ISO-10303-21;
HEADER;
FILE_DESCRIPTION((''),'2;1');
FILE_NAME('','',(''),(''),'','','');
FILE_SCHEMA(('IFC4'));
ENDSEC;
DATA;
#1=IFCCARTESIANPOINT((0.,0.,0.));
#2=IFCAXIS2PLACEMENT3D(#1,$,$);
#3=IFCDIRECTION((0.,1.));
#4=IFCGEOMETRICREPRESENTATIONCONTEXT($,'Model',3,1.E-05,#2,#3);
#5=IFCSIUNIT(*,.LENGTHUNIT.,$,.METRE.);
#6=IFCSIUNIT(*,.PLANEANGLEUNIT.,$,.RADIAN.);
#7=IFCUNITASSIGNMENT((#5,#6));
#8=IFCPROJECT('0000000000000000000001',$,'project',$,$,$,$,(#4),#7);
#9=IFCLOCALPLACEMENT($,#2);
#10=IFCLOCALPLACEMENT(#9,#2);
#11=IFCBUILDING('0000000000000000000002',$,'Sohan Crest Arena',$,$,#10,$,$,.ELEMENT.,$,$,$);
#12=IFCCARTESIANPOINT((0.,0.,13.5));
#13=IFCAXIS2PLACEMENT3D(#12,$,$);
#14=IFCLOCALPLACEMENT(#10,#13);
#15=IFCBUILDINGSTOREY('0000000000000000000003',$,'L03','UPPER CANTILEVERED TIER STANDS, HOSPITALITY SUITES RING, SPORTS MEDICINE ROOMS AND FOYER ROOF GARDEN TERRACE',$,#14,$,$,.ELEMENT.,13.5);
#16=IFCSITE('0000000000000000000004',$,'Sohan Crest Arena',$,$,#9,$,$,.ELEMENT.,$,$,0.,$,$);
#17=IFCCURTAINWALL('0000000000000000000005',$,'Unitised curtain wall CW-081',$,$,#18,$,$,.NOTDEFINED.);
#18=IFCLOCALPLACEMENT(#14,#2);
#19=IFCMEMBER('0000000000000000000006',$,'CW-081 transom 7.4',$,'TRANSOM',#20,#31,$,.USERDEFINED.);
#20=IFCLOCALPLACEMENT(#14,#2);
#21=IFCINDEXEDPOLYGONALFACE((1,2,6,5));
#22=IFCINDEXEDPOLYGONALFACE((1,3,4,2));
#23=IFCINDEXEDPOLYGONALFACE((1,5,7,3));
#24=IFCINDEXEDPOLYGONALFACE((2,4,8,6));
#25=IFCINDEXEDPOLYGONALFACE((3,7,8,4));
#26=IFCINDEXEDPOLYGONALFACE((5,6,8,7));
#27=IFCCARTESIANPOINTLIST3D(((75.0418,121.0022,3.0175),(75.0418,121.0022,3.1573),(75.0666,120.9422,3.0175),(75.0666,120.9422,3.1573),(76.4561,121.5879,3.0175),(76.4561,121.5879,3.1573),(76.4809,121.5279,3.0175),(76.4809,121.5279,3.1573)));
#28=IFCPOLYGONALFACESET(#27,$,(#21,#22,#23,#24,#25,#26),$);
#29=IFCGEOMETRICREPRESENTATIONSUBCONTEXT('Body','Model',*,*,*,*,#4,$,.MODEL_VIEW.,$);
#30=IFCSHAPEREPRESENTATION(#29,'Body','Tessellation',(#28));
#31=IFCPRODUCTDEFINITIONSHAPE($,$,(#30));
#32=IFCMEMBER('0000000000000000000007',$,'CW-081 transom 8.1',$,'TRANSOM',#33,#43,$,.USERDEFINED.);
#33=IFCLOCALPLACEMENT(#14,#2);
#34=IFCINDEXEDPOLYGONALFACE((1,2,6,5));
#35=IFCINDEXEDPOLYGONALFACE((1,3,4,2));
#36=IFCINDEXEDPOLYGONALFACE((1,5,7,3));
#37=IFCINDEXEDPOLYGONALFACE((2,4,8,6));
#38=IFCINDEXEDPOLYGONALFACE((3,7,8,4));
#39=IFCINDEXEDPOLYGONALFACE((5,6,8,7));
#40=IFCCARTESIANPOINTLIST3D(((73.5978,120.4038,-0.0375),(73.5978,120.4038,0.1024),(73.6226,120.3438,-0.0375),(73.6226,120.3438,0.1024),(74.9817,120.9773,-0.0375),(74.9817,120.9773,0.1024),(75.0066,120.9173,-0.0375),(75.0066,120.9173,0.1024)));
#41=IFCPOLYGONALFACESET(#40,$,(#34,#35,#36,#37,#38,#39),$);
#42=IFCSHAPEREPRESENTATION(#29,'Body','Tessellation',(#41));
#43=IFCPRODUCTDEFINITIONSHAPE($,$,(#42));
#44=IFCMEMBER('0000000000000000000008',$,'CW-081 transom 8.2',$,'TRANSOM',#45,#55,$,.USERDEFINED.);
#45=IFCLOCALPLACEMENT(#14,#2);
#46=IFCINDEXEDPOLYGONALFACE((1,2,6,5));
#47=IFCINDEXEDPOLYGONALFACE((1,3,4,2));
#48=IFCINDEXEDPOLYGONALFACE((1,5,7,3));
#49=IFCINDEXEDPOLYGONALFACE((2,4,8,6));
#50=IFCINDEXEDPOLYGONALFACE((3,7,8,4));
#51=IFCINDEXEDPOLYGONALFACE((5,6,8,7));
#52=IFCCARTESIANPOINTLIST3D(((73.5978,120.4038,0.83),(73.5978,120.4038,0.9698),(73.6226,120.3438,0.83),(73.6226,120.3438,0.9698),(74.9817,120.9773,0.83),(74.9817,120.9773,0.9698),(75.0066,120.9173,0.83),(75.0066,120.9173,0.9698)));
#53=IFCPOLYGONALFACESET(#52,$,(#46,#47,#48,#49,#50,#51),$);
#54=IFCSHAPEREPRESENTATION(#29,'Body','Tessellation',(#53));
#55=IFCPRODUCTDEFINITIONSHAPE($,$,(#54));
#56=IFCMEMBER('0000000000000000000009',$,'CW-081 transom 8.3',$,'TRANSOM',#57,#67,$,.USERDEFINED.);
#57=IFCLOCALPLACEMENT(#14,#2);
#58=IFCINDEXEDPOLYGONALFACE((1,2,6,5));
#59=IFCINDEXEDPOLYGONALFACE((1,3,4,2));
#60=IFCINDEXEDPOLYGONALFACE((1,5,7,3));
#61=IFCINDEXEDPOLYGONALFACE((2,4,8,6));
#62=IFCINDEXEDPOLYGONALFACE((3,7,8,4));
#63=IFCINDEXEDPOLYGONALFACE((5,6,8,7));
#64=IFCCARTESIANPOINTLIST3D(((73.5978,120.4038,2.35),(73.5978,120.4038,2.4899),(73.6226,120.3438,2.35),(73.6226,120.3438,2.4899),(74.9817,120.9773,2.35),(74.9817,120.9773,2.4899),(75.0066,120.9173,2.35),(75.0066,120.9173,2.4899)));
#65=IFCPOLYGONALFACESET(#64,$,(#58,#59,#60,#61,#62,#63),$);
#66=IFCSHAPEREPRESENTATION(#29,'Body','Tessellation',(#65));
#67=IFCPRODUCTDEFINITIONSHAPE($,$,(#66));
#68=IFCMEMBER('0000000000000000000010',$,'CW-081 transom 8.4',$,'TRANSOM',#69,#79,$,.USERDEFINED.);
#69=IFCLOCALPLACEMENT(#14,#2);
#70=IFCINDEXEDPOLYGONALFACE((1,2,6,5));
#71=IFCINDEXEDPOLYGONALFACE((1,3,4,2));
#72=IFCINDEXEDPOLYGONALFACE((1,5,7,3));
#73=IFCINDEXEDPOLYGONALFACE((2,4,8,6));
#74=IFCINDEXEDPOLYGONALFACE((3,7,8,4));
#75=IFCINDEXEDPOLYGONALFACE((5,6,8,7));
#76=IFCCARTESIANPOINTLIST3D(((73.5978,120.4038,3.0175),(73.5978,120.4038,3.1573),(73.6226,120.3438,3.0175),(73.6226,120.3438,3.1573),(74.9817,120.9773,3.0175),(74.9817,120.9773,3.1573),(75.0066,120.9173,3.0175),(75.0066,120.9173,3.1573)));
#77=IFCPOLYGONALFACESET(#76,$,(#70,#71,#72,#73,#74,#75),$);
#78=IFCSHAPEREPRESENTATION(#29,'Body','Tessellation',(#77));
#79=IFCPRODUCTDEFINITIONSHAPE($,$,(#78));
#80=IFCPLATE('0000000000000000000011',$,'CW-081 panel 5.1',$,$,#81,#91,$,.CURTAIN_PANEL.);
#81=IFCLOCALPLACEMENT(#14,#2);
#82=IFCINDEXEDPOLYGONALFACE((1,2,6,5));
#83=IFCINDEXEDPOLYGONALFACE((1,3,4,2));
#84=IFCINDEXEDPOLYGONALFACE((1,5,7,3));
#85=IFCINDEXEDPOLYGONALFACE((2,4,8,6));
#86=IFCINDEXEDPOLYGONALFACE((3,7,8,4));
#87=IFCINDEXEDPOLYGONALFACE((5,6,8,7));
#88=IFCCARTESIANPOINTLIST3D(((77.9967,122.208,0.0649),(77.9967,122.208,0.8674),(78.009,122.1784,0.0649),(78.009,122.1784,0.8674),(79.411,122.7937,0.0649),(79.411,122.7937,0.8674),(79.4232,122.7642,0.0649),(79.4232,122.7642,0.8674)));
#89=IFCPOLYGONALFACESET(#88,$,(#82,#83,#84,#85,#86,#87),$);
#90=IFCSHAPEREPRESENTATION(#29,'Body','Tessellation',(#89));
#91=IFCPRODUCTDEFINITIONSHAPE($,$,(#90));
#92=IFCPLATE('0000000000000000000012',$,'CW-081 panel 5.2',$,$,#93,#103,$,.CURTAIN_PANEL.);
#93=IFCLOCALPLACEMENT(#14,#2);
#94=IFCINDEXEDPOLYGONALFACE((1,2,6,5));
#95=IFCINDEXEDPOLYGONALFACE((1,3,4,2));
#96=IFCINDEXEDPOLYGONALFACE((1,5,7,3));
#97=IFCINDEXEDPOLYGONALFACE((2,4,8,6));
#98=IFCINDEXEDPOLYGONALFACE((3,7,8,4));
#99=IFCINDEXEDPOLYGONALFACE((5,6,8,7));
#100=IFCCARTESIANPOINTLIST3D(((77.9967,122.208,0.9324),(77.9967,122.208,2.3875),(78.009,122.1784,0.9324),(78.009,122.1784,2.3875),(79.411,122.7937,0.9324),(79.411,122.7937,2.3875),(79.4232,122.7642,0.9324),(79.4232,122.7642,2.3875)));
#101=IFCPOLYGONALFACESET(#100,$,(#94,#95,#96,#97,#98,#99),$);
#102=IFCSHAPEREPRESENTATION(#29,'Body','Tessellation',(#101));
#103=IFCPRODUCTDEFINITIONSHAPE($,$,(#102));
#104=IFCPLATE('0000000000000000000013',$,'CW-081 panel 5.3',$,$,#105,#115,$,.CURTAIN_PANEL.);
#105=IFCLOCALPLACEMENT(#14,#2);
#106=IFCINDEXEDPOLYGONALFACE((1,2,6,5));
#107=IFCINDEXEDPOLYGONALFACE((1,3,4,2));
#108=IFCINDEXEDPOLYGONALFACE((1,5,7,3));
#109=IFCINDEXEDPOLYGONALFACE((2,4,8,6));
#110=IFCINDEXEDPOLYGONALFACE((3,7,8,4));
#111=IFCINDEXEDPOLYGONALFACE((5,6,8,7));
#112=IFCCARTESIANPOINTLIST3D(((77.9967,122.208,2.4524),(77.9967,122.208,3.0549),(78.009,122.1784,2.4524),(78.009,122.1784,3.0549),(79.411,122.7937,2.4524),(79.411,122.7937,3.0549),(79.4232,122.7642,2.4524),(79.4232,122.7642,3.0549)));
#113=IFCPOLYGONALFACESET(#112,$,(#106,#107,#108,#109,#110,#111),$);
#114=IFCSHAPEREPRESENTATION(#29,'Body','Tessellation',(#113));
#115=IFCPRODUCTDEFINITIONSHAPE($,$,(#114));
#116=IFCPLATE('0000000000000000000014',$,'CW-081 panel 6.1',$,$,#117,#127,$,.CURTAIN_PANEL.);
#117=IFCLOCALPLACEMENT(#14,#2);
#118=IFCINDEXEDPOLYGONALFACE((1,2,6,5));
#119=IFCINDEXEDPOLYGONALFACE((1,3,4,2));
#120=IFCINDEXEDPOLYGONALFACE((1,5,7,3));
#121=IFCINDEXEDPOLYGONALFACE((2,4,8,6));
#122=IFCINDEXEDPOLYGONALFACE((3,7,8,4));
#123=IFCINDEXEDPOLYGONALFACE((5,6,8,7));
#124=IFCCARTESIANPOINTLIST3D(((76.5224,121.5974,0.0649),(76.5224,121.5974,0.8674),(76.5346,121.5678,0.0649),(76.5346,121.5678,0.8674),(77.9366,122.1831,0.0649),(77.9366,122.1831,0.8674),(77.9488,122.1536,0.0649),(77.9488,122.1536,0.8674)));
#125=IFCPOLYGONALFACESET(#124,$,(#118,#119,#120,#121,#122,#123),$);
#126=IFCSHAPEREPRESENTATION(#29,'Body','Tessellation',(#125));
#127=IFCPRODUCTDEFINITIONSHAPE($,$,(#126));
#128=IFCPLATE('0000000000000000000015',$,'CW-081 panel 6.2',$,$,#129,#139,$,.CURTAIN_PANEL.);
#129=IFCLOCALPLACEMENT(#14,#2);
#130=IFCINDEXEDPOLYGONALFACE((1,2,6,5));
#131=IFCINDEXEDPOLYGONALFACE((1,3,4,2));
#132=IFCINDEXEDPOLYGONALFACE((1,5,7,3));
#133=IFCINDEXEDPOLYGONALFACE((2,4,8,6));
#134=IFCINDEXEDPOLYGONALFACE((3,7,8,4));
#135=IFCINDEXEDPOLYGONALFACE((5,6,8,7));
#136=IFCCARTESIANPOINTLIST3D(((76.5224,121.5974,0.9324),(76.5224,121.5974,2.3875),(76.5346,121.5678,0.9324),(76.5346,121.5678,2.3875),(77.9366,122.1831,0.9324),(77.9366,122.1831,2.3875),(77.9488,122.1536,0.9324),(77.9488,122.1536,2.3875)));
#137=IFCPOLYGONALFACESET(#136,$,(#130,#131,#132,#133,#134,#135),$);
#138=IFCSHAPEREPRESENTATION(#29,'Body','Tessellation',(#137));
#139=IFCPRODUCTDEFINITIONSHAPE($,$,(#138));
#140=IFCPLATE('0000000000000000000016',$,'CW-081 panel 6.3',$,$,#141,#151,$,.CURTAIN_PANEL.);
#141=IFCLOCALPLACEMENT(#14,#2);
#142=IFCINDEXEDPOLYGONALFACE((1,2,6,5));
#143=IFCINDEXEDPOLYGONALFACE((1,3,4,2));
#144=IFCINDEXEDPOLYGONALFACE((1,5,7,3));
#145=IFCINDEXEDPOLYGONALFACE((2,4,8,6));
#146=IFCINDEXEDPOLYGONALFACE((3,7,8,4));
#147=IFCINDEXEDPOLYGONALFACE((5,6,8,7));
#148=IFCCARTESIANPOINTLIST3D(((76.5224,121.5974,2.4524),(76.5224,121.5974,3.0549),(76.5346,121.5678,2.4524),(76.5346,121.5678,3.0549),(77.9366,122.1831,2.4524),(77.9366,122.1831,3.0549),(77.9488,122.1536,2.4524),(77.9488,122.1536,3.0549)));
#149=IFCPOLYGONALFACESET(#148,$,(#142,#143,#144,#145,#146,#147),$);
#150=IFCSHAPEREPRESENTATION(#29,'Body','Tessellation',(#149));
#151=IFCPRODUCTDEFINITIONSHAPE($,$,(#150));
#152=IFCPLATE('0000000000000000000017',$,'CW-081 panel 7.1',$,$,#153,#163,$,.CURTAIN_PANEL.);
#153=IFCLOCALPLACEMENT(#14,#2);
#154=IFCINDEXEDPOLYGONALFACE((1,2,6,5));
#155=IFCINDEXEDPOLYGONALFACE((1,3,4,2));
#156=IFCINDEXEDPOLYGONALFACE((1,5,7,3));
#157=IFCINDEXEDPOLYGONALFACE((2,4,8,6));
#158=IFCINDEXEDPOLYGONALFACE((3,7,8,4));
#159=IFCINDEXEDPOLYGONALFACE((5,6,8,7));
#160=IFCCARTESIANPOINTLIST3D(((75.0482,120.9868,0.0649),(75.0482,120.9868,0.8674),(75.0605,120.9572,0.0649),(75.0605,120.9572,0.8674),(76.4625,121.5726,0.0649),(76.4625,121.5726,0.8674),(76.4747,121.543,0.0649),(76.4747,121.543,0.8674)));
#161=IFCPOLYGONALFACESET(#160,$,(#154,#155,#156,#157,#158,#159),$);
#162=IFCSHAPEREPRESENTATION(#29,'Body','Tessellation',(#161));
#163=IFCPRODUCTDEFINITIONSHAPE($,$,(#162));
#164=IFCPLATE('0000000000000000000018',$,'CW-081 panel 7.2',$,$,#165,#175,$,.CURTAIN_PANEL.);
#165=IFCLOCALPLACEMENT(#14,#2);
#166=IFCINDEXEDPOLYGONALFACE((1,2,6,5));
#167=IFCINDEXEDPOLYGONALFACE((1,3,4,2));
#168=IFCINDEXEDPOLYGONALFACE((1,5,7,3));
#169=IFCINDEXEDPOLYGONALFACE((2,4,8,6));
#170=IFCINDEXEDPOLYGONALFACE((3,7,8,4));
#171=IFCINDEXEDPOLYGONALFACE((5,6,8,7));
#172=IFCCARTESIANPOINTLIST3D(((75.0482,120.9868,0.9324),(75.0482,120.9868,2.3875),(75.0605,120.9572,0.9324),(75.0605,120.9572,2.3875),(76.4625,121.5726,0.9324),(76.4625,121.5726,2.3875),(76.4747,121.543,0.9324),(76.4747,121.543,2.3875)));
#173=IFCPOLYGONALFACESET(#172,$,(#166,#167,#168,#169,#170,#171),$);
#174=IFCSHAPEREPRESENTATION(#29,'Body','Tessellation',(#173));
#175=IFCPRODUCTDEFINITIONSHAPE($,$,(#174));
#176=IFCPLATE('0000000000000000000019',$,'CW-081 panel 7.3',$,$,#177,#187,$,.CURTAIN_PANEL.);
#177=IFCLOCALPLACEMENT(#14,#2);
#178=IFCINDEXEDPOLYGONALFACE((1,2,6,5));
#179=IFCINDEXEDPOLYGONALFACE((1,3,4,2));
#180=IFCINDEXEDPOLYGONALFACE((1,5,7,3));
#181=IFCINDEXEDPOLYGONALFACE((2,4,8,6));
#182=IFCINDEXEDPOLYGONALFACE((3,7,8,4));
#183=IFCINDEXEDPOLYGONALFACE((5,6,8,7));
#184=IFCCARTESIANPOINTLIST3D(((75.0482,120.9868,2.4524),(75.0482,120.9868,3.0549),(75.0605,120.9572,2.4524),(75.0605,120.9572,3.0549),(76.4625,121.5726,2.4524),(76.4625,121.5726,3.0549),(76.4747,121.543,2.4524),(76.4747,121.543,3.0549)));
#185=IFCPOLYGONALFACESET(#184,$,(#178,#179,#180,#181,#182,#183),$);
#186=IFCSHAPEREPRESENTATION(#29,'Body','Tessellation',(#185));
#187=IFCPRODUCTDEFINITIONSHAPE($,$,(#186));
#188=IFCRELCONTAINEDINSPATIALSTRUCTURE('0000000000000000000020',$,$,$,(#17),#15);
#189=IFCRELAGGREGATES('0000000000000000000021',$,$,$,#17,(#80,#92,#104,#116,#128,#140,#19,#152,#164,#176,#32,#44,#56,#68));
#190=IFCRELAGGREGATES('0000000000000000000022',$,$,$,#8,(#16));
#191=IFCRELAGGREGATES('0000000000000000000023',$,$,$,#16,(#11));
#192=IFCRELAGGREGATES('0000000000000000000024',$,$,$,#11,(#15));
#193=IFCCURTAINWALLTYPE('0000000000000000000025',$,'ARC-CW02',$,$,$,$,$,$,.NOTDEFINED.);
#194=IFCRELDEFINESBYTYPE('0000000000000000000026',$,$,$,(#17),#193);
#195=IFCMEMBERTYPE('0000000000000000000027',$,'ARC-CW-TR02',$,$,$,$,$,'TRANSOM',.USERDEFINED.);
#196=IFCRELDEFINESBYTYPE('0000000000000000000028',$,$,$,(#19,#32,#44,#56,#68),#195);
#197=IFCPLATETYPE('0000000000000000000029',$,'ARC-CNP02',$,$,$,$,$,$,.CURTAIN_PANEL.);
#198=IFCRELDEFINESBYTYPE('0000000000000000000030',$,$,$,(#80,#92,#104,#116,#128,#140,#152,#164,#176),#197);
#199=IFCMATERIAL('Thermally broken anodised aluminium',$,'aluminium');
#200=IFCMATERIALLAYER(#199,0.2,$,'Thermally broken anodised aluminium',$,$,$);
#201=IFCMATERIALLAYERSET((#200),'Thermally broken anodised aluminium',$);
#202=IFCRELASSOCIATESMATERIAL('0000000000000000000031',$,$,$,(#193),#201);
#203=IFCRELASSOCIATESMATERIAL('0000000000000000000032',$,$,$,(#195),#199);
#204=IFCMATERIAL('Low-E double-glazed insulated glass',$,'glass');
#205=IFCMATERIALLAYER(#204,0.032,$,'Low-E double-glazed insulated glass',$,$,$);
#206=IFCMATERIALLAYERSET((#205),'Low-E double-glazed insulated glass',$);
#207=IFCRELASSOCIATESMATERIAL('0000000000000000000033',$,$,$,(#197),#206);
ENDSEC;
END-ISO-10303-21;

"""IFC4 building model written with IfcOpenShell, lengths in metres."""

from ifc_helpers import new_model, si_unit, direction, frame, origin, origin_2d, place, context, subcontext, project, spatial, rectangle, extrude, material, layer, layer_set, material_profile, profile_set, type_object, element, aggregate, save


model = new_model("IFC4")

# Units and contexts
model_context = context("Model", 3, precision=1e-05, world=origin(), true_north=direction((0.0, 1.0)))
body_context = subcontext(model_context, "Body", "Model", "MODEL_VIEW")
ifc_project = project(units=[si_unit("LENGTHUNIT", "METRE"), si_unit("PLANEANGLEUNIT", "RADIAN")], contexts=[model_context])

# Site, building, storey
site_placement = place(None, origin())
site = spatial("IfcSite", under=ifc_project, at=site_placement, Name="Sohan Crest Arena", CompositionType="ELEMENT", RefElevation=0.0)
building_placement = place(site_placement, origin())
building = spatial("IfcBuilding", under=site, at=building_placement, Name="Sohan Crest Arena", CompositionType="ELEMENT")
storey_placement = place(building_placement, frame((0.0, 0.0, 13.5)))
storey = spatial("IfcBuildingStorey", under=building, at=storey_placement, Name="L03", Description="UPPER CANTILEVERED TIER STANDS, HOSPITALITY SUITES RING, SPORTS MEDICINE ROOMS AND FOYER ROOF GARDEN TERRACE", CompositionType="ELEMENT", Elevation=13.5)

# Curtain wall, members, plates
ifc_material_1 = material(Name="Thermally broken anodised aluminium", Category="aluminium")
ifc_layer_1 = layer(ifc_material_1, 0.2, Name="Thermally broken anodised aluminium")
ifc_layer_set_1 = layer_set([ifc_layer_1], Name="Thermally broken anodised aluminium")
curtain_wall_type = type_object("IfcCurtainWallType", Name="ARC-CW02", PredefinedType="NOTDEFINED", material=ifc_layer_set_1)
curtain_wall_placement = place(storey_placement, origin())
curtain_wall = element("IfcCurtainWall", 1, at=curtain_wall_placement, inside=storey, type_object=curtain_wall_type, Name="Unitised curtain wall CW-081", PredefinedType="NOTDEFINED")
ifc_material_profile_1 = material_profile(ifc_material_1, rectangle(XDim=0.0649, YDim=0.1399, at=origin_2d()), Name="ALU-TRAN 65x140")
ifc_profile_set_1 = profile_set([ifc_material_profile_1], Name="Thermally broken anodised aluminium")
member_type_1 = type_object("IfcMemberType", Name="ARC-CW-TR02", ElementType="TRANSOM", PredefinedType="USERDEFINED", material=ifc_profile_set_1)
member_1_placement = place(storey_placement, frame((76.4685, 121.5579, 3.0874), z_axis=(-0.92391, -0.38261, 0.0), x_axis=(0.38261, -0.92391, 0.0)))
member_1 = element("IfcMember", 2, at=member_1_placement, type_object=member_type_1, Name="CW-081 transom 7.4", ObjectType="TRANSOM", PredefinedType="USERDEFINED", context=body_context, shape_type="SweptSolid", body=[
    extrude(rectangle(XDim=0.0649, YDim=0.1399, at=origin_2d()), origin(), (0.0, 0.0, 1.0), 1.5308),
])
member_2_placement = place(storey_placement, frame((74.9941, 120.9473, 0.0325), z_axis=(-0.923832, -0.382798, 0.0), x_axis=(0.382798, -0.923832, 0.0)))
member_2 = element("IfcMember", 3, at=member_2_placement, type_object=member_type_1, Name="CW-081 transom 8.1", ObjectType="TRANSOM", PredefinedType="USERDEFINED", context=body_context, shape_type="SweptSolid", body=[
    extrude(rectangle(XDim=0.0649, YDim=0.1399, at=origin_2d()), origin(), (0.0, 0.0, 1.0), 1.498),
])
member_3_placement = place(storey_placement, frame((74.9941, 120.9473, 0.8999), z_axis=(-0.923832, -0.382798, 0.0), x_axis=(0.382798, -0.923832, 0.0)))
member_3 = element("IfcMember", 4, at=member_3_placement, type_object=member_type_1, Name="CW-081 transom 8.2", ObjectType="TRANSOM", PredefinedType="USERDEFINED", context=body_context, shape_type="SweptSolid", body=[
    extrude(rectangle(XDim=0.0649, YDim=0.1399, at=origin_2d()), origin(), (0.0, 0.0, 1.0), 1.498),
])
member_4_placement = place(storey_placement, frame((74.9941, 120.9473, 2.4199), z_axis=(-0.923832, -0.382798, 0.0), x_axis=(0.382798, -0.923832, 0.0)))
member_4 = element("IfcMember", 5, at=member_4_placement, type_object=member_type_1, Name="CW-081 transom 8.3", ObjectType="TRANSOM", PredefinedType="USERDEFINED", context=body_context, shape_type="SweptSolid", body=[
    extrude(rectangle(XDim=0.0649, YDim=0.1399, at=origin_2d()), origin(), (0.0, 0.0, 1.0), 1.498),
])
member_5_placement = place(storey_placement, frame((74.9941, 120.9473, 3.0874), z_axis=(-0.923832, -0.382798, 0.0), x_axis=(0.382798, -0.923832, 0.0)))
member_5 = element("IfcMember", 6, at=member_5_placement, type_object=member_type_1, Name="CW-081 transom 8.4", ObjectType="TRANSOM", PredefinedType="USERDEFINED", context=body_context, shape_type="SweptSolid", body=[
    extrude(rectangle(XDim=0.0649, YDim=0.1399, at=origin_2d()), origin(), (0.0, 0.0, 1.0), 1.498),
])
ifc_material_2 = material(Name="Low-E double-glazed insulated glass", Category="glass")
ifc_layer_2 = layer(ifc_material_2, 0.032, Name="Low-E double-glazed insulated glass")
ifc_layer_set_2 = layer_set([ifc_layer_2], Name="Low-E double-glazed insulated glass")
plate_type = type_object("IfcPlateType", Name="ARC-CNP02", PredefinedType="CURTAIN_PANEL", material=ifc_layer_set_2)
plate_1_placement = place(storey_placement, frame((78.71, 122.4861, 0.0649), z_axis=(0.0, 0.0, 1.0), x_axis=(-0.923886, -0.382668, 0.0)))
plate_1 = element("IfcPlate", 7, at=plate_1_placement, type_object=plate_type, Name="CW-081 panel 5.1", PredefinedType="CURTAIN_PANEL", context=body_context, shape_type="SweptSolid", body=[
    extrude(rectangle(XDim=1.5308, YDim=0.032, at=origin_2d()), origin(), (0.0, 0.0, 1.0), 0.8025),
])
plate_2_placement = place(storey_placement, frame((78.71, 122.4861, 0.9324), z_axis=(0.0, 0.0, 1.0), x_axis=(-0.923886, -0.382668, 0.0)))
plate_2 = element("IfcPlate", 8, at=plate_2_placement, type_object=plate_type, Name="CW-081 panel 5.2", PredefinedType="CURTAIN_PANEL", context=body_context, shape_type="SweptSolid", body=[
    extrude(rectangle(XDim=1.5308, YDim=0.032, at=origin_2d()), origin(), (0.0, 0.0, 1.0), 1.4551),
])
plate_3_placement = place(storey_placement, frame((78.71, 122.4861, 2.4524), z_axis=(0.0, 0.0, 1.0), x_axis=(-0.923886, -0.382668, 0.0)))
plate_3 = element("IfcPlate", 9, at=plate_3_placement, type_object=plate_type, Name="CW-081 panel 5.3", PredefinedType="CURTAIN_PANEL", context=body_context, shape_type="SweptSolid", body=[
    extrude(rectangle(XDim=1.5308, YDim=0.032, at=origin_2d()), origin(), (0.0, 0.0, 1.0), 0.6025),
])
plate_4_placement = place(storey_placement, frame((77.2356, 121.8755, 0.0649), z_axis=(0.0, 0.0, 1.0), x_axis=(-0.923886, -0.382668, 0.0)))
plate_4 = element("IfcPlate", 10, at=plate_4_placement, type_object=plate_type, Name="CW-081 panel 6.1", PredefinedType="CURTAIN_PANEL", context=body_context, shape_type="SweptSolid", body=[
    extrude(rectangle(XDim=1.5308, YDim=0.032, at=origin_2d()), origin(), (0.0, 0.0, 1.0), 0.8025),
])
plate_5_placement = place(storey_placement, frame((77.2356, 121.8755, 0.9324), z_axis=(0.0, 0.0, 1.0), x_axis=(-0.923886, -0.382668, 0.0)))
plate_5 = element("IfcPlate", 11, at=plate_5_placement, type_object=plate_type, Name="CW-081 panel 6.2", PredefinedType="CURTAIN_PANEL", context=body_context, shape_type="SweptSolid", body=[
    extrude(rectangle(XDim=1.5308, YDim=0.032, at=origin_2d()), origin(), (0.0, 0.0, 1.0), 1.4551),
])
plate_6_placement = place(storey_placement, frame((77.2356, 121.8755, 2.4524), z_axis=(0.0, 0.0, 1.0), x_axis=(-0.923886, -0.382668, 0.0)))
plate_6 = element("IfcPlate", 12, at=plate_6_placement, type_object=plate_type, Name="CW-081 panel 6.3", PredefinedType="CURTAIN_PANEL", context=body_context, shape_type="SweptSolid", body=[
    extrude(rectangle(XDim=1.5308, YDim=0.032, at=origin_2d()), origin(), (0.0, 0.0, 1.0), 0.6025),
])
plate_7_placement = place(storey_placement, frame((75.7615, 121.2649, 0.0649), z_axis=(0.0, 0.0, 1.0), x_axis=(-0.923886, -0.382668, 0.0)))
plate_7 = element("IfcPlate", 13, at=plate_7_placement, type_object=plate_type, Name="CW-081 panel 7.1", PredefinedType="CURTAIN_PANEL", context=body_context, shape_type="SweptSolid", body=[
    extrude(rectangle(XDim=1.5308, YDim=0.032, at=origin_2d()), origin(), (0.0, 0.0, 1.0), 0.8025),
])
plate_8_placement = place(storey_placement, frame((75.7615, 121.2649, 0.9324), z_axis=(0.0, 0.0, 1.0), x_axis=(-0.923886, -0.382668, 0.0)))
plate_8 = element("IfcPlate", 14, at=plate_8_placement, type_object=plate_type, Name="CW-081 panel 7.2", PredefinedType="CURTAIN_PANEL", context=body_context, shape_type="SweptSolid", body=[
    extrude(rectangle(XDim=1.5308, YDim=0.032, at=origin_2d()), origin(), (0.0, 0.0, 1.0), 1.4551),
])
plate_9_placement = place(storey_placement, frame((75.7615, 121.2649, 2.4524), z_axis=(0.0, 0.0, 1.0), x_axis=(-0.923886, -0.382668, 0.0)))
plate_9 = element("IfcPlate", 15, at=plate_9_placement, type_object=plate_type, Name="CW-081 panel 7.3", PredefinedType="CURTAIN_PANEL", context=body_context, shape_type="SweptSolid", body=[
    extrude(rectangle(XDim=1.5308, YDim=0.032, at=origin_2d()), origin(), (0.0, 0.0, 1.0), 0.6025),
])
aggregate(curtain_wall, [plate_1, plate_2, plate_3, plate_4, plate_5, plate_6, member_1, plate_7, plate_8, plate_9, member_2, member_3, member_4, member_5])

save(model, "model.ifc")
